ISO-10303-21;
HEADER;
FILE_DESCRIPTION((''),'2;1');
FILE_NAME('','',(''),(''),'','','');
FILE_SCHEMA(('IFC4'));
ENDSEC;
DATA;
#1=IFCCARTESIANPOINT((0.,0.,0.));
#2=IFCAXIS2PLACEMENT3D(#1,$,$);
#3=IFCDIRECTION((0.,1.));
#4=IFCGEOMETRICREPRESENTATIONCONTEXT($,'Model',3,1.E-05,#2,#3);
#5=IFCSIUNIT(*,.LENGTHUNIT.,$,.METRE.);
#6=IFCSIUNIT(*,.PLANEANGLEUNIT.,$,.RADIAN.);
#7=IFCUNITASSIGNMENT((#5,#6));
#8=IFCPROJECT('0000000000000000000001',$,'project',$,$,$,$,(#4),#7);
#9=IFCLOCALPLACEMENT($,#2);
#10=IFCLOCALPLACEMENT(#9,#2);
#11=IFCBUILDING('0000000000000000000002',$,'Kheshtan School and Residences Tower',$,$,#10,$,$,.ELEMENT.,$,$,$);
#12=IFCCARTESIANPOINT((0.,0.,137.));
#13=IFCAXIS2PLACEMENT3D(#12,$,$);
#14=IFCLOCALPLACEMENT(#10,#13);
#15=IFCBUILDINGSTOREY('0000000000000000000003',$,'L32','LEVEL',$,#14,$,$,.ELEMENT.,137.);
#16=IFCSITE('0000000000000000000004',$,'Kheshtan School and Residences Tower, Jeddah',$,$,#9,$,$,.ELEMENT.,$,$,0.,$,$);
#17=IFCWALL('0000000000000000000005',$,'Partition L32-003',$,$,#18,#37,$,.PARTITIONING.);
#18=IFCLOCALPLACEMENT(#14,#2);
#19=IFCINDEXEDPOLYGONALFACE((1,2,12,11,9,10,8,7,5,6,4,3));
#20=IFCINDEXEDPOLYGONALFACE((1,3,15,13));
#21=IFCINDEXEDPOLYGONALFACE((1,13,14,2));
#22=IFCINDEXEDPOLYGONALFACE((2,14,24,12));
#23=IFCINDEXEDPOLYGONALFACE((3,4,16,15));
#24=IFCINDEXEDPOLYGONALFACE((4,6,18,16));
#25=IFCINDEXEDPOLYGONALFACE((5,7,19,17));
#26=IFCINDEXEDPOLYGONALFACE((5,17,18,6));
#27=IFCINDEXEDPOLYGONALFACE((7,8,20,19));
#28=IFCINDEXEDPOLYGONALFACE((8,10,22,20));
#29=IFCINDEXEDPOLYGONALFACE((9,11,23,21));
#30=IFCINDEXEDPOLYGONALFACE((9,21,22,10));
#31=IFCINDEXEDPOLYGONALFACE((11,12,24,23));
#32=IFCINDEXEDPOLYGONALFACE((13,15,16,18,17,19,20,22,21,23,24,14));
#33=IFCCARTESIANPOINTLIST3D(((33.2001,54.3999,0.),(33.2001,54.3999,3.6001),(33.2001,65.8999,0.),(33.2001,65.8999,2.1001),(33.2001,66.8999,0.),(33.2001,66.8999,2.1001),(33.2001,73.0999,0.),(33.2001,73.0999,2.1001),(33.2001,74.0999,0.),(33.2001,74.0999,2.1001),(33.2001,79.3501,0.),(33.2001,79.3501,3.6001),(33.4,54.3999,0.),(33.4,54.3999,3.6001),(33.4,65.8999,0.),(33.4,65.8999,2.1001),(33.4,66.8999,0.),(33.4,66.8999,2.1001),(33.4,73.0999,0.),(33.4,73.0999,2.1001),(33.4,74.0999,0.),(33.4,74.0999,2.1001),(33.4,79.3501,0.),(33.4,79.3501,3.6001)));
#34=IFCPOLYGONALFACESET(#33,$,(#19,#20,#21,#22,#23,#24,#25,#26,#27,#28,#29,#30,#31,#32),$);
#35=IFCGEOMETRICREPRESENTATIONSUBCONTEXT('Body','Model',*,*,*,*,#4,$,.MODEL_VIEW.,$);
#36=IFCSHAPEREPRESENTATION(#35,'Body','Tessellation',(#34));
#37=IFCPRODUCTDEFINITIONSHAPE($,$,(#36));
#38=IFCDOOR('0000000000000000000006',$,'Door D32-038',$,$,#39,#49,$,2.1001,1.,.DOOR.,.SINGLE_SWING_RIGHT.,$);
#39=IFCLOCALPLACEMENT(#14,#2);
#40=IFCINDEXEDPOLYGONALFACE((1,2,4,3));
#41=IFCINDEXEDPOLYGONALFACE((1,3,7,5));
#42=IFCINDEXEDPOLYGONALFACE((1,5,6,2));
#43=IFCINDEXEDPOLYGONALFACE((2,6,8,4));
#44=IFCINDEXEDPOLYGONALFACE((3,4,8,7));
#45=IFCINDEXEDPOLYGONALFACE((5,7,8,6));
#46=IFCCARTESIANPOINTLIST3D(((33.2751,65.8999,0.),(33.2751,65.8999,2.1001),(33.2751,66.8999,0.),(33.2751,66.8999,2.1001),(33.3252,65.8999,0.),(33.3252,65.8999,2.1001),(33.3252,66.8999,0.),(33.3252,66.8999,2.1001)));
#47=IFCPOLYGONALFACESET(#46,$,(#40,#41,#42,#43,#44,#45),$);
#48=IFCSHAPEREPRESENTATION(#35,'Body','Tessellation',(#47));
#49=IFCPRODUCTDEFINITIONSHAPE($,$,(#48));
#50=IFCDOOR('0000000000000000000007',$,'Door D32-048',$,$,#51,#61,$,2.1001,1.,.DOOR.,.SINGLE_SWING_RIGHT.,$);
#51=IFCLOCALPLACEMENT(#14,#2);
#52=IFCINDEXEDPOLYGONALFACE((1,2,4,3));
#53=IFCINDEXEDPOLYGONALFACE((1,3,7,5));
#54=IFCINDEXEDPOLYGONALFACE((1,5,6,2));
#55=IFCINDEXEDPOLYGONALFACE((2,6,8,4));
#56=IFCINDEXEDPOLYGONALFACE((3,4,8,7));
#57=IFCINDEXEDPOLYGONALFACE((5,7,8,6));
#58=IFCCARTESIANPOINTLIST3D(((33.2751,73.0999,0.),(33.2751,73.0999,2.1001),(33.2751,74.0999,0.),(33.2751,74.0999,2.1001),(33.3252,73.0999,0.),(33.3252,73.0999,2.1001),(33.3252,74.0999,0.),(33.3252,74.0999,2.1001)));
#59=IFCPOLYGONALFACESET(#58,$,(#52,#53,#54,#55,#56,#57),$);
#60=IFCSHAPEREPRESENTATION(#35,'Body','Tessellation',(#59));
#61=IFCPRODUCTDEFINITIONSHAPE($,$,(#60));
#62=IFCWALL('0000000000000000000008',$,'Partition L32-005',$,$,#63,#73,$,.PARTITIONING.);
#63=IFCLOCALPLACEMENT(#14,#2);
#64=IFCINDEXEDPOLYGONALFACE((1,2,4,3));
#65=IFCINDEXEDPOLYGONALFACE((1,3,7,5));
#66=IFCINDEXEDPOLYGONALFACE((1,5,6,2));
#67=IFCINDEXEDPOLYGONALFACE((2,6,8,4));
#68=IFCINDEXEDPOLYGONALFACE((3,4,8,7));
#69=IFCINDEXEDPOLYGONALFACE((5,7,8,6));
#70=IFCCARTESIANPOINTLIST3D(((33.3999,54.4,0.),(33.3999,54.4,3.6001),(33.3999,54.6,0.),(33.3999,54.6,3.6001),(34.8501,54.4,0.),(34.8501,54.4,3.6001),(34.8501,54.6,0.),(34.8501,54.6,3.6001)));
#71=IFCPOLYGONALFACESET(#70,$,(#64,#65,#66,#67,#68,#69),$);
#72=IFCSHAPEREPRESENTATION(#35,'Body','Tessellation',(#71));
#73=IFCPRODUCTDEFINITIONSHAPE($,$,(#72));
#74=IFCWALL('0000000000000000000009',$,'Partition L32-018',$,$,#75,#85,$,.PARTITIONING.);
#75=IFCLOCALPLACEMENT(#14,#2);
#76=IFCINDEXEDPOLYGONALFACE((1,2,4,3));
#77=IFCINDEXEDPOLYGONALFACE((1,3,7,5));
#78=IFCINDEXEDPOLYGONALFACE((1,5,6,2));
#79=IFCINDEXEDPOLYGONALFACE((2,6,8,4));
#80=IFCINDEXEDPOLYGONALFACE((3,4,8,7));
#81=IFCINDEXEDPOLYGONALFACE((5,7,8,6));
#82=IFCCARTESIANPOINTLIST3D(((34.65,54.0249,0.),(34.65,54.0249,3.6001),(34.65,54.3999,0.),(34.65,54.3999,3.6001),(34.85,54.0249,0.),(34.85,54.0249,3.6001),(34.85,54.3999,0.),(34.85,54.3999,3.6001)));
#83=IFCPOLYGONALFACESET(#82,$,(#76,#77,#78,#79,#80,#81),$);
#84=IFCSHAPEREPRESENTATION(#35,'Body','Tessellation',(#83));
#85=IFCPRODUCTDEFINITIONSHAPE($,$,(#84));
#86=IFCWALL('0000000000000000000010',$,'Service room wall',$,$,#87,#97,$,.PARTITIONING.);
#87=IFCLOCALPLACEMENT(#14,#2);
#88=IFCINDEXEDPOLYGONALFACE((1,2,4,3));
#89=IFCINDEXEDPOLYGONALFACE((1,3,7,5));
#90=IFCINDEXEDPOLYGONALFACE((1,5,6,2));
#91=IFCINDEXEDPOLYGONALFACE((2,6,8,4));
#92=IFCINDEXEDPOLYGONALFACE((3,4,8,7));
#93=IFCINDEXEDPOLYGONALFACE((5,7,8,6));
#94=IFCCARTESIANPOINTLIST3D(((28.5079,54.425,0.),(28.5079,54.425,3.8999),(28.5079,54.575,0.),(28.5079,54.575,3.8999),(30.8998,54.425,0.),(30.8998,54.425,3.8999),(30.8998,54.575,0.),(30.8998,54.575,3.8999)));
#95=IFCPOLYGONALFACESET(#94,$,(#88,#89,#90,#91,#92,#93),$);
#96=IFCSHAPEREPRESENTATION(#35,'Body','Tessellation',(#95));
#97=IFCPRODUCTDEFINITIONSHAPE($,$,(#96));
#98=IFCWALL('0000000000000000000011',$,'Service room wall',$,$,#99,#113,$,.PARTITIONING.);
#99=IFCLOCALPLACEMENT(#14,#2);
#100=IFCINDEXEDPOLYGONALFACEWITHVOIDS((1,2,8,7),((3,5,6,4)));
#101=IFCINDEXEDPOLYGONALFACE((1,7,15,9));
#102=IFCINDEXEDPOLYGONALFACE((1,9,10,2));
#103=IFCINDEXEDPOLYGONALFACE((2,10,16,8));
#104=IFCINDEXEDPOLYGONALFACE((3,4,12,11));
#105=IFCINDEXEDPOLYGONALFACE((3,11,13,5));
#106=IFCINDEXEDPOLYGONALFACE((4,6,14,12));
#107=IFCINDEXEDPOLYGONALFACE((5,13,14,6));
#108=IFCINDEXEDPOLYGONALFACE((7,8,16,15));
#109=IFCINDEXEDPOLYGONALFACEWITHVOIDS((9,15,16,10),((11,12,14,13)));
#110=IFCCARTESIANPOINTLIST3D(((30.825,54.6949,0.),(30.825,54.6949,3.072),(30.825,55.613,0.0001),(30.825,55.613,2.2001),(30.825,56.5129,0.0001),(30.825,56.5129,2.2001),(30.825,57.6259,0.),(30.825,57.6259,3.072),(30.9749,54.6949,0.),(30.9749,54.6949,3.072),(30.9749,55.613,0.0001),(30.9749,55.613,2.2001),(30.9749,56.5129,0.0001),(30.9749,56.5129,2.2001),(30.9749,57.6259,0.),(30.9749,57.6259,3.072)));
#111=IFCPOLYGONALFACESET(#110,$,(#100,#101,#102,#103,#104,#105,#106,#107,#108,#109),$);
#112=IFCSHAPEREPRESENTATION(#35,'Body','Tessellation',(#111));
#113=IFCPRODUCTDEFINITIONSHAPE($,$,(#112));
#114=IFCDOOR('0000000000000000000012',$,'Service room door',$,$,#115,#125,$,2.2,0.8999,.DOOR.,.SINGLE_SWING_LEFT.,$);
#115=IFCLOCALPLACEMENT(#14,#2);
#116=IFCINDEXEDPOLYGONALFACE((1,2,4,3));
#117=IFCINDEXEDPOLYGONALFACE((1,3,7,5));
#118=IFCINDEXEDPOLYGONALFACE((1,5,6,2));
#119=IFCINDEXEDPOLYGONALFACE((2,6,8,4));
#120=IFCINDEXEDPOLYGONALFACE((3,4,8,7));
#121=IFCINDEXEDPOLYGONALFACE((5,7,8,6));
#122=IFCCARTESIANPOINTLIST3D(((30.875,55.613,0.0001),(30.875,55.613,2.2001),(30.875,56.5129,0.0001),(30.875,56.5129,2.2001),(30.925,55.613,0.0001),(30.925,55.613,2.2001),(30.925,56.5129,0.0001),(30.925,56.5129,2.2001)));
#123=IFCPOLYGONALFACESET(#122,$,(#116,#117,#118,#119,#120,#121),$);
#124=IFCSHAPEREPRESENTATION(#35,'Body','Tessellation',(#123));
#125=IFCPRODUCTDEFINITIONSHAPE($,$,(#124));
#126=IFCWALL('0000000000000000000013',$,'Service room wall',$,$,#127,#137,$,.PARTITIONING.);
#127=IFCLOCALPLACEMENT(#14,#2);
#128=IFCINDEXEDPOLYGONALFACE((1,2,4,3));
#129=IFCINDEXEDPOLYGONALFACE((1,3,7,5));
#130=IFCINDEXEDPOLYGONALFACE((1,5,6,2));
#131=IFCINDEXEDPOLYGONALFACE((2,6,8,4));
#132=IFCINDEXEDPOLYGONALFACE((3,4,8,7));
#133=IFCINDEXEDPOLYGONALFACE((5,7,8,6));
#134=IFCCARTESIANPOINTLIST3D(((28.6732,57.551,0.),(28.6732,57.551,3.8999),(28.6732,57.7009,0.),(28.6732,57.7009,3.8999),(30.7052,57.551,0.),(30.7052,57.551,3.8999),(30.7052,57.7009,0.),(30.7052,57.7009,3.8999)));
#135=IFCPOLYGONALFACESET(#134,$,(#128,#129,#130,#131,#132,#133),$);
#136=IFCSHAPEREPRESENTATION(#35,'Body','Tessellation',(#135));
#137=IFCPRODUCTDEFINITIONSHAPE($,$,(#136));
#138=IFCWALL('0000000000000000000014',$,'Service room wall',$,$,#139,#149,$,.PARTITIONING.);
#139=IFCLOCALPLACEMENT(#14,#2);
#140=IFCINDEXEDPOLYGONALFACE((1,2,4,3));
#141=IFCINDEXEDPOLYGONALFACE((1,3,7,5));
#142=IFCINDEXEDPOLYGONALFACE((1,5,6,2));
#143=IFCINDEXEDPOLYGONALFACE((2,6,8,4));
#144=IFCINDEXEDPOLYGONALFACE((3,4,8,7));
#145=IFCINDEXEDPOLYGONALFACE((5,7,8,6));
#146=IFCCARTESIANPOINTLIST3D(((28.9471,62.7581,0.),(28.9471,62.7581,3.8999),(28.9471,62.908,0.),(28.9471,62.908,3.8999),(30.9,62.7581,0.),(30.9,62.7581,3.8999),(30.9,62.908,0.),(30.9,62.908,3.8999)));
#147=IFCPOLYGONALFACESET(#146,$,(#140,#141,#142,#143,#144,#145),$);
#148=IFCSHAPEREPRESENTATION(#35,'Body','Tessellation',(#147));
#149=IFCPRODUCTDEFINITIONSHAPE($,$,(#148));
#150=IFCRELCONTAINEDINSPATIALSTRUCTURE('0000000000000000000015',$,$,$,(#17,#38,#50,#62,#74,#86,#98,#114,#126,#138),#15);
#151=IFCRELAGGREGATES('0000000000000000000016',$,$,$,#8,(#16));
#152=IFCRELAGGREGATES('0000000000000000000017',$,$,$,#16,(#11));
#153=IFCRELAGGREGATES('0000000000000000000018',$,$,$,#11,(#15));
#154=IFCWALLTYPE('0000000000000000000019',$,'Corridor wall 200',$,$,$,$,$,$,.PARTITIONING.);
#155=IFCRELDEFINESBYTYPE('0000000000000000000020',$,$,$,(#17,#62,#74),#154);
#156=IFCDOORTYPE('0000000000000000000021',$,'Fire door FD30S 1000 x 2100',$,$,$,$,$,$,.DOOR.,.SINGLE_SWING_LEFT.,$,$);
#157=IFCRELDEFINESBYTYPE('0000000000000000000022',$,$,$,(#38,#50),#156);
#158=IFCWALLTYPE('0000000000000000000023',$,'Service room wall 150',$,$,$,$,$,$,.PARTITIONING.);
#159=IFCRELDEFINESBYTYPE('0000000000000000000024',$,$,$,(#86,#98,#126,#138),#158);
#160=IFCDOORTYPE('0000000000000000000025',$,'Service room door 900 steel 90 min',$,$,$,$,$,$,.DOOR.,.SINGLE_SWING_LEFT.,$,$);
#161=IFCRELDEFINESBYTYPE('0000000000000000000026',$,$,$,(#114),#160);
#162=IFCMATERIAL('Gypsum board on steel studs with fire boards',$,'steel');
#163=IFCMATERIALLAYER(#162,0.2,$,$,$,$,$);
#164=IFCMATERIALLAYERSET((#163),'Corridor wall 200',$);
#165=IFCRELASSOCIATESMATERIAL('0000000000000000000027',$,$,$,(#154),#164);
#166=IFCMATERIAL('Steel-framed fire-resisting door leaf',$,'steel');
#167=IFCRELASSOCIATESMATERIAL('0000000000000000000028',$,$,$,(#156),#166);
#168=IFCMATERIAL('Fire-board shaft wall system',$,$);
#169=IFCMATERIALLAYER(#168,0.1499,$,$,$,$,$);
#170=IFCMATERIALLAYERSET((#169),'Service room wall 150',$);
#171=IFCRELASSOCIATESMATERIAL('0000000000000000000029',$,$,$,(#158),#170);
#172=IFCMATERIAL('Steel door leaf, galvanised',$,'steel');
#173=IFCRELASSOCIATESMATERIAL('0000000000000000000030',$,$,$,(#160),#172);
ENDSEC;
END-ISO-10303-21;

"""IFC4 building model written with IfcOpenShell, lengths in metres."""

from ifc_helpers import new_model, si_unit, direction, frame, frame_2d, origin, place, context, subcontext, project, spatial, rectangle, extrude, source, transform, mapped, material, layer, layer_set, type_object, element, fill, save


model = new_model("IFC4")

# Units and contexts
model_context = context("Model", 3, precision=1e-05, world=origin(), true_north=direction((0.0, 1.0)))
body_context = subcontext(model_context, "Body", "Model", "MODEL_VIEW")
ifc_project = project(units=[si_unit("LENGTHUNIT", "METRE"), si_unit("PLANEANGLEUNIT", "RADIAN")], contexts=[model_context])

# Site, building, storey
site_placement = place(None, origin())
site = spatial("IfcSite", under=ifc_project, at=site_placement, Name="Kheshtan School and Residences Tower, Jeddah", CompositionType="ELEMENT", RefElevation=0.0)
building_placement = place(site_placement, origin())
building = spatial("IfcBuilding", under=site, at=building_placement, Name="Kheshtan School and Residences Tower", CompositionType="ELEMENT")
storey_placement = place(building_placement, frame((0.0, 0.0, 137.0)))
storey = spatial("IfcBuildingStorey", under=building, at=storey_placement, Name="L32", Description="LEVEL", CompositionType="ELEMENT", Elevation=137.0)

# Wall, openings, doors
ifc_material_1 = material(Name="Gypsum board on steel studs with fire boards", Category="steel")
ifc_layer_1 = layer(ifc_material_1, 0.2)
ifc_layer_set_1 = layer_set([ifc_layer_1], Name="Corridor wall 200")
wall_type_1 = type_object("IfcWallType", Name="Corridor wall 200", PredefinedType="PARTITIONING", material=ifc_layer_set_1)
wall_1_placement = place(storey_placement, frame((33.3, 54.3999, 0.0), z_axis=(0.0, 0.0, 1.0), x_axis=(0.0, 1.0, 0.0)))
wall_1 = element("IfcWall", 1, at=wall_1_placement, inside=storey, type_object=wall_type_1, Name="Partition L32-003", PredefinedType="PARTITIONING", context=body_context, shape_type="SweptSolid", body=[
    extrude(rectangle(XDim=24.9502, YDim=0.2, at=frame_2d((12.4751, 0.0))), origin(), (0.0, 0.0, 1.0), 3.6001),
])
opening_1_placement = place(wall_1_placement, frame((11.5, 0.0, 0.0)))
opening_1 = element("IfcOpeningElement", 2, at=opening_1_placement, cuts=wall_1, PredefinedType="OPENING", context=body_context, shape_type="SweptSolid", body=[
    extrude(rectangle(XDim=1.0, YDim=2.1001, at=frame_2d((0.5, 1.05))), frame((0.0, 0.1099, 0.0), z_axis=(0.0, -1.0, 0.0), x_axis=(1.0, 0.0, 0.0)), (0.0, 0.0, 1.0), 0.22),
])
opening_2_placement = place(wall_1_placement, frame((18.7, 0.0, 0.0)))
opening_2 = element("IfcOpeningElement", 3, at=opening_2_placement, cuts=wall_1, PredefinedType="OPENING", context=body_context, shape_type="SweptSolid", body=[
    extrude(rectangle(XDim=1.0, YDim=2.1001, at=frame_2d((0.5, 1.05))), frame((0.0, 0.1099, 0.0), z_axis=(0.0, -1.0, 0.0), x_axis=(1.0, 0.0, 0.0)), (0.0, 0.0, 1.0), 0.22),
])
ifc_material_2 = material(Name="Steel-framed fire-resisting door leaf", Category="steel")
door_type_1 = type_object("IfcDoorType", Name="Fire door FD30S 1000 x 2100", OperationType="SINGLE_SWING_LEFT", PredefinedType="DOOR", material=ifc_material_2)
shared_shape_1 = source(origin(), body_context, "Body", "SweptSolid", [
    extrude(rectangle(XDim=1.0, YDim=2.1001, at=frame_2d((0.5, 1.05))), frame((0.0, 0.0249, 0.0), z_axis=(0.0, -1.0, 0.0), x_axis=(1.0, 0.0, 0.0)), (0.0, 0.0, 1.0), 0.05),
])
door_1_placement = place(opening_1_placement, origin())
door_1 = element("IfcDoor", 4, at=door_1_placement, inside=storey, type_object=door_type_1, Name="Door D32-038", OperationType="SINGLE_SWING_RIGHT", OverallHeight=2.1001, OverallWidth=1.0, PredefinedType="DOOR", context=body_context, shape_type="MappedRepresentation", body=[
    mapped(shared_shape_1, transform((0.0, 0.0, 0.0), x_axis=(1.0, 0.0, 0.0), y_axis=(0.0, 1.0, 0.0), z_axis=(0.0, 0.0, 1.0), scale=1.0)),
])
fill(opening_1, door_1)
door_2_placement = place(opening_2_placement, origin())
door_2 = element("IfcDoor", 5, at=door_2_placement, inside=storey, type_object=door_type_1, Name="Door D32-048", OperationType="SINGLE_SWING_RIGHT", OverallHeight=2.1001, OverallWidth=1.0, PredefinedType="DOOR", context=body_context, shape_type="MappedRepresentation", body=[
    mapped(shared_shape_1, transform((0.0, 0.0, 0.0), x_axis=(1.0, 0.0, 0.0), y_axis=(0.0, 1.0, 0.0), z_axis=(0.0, 0.0, 1.0), scale=1.0)),
])
fill(opening_2, door_2)

# Walls
wall_2_placement = place(storey_placement, frame((33.3999, 54.5, 0.0), z_axis=(0.0, 0.0, 1.0), x_axis=(1.0, 0.0, 0.0)))
element("IfcWall", 6, at=wall_2_placement, inside=storey, type_object=wall_type_1, Name="Partition L32-005", PredefinedType="PARTITIONING", context=body_context, shape_type="SweptSolid", body=[
    extrude(rectangle(XDim=1.4502, YDim=0.2, at=frame_2d((0.7251, 0.0))), origin(), (0.0, 0.0, 1.0), 3.6001),
])
wall_3_placement = place(storey_placement, frame((34.75, 54.0249, 0.0), z_axis=(0.0, 0.0, 1.0), x_axis=(0.0, 1.0, 0.0)))
element("IfcWall", 7, at=wall_3_placement, inside=storey, type_object=wall_type_1, Name="Partition L32-018", PredefinedType="PARTITIONING", context=body_context, shape_type="SweptSolid", body=[
    extrude(rectangle(XDim=0.375, YDim=0.2, at=frame_2d((0.1875, 0.0))), origin(), (0.0, 0.0, 1.0), 3.6001),
])
ifc_material_3 = material(Name="Fire-board shaft wall system")
ifc_layer_2 = layer(ifc_material_3, 0.1499)
ifc_layer_set_2 = layer_set([ifc_layer_2], Name="Service room wall 150")
wall_type_2 = type_object("IfcWallType", Name="Service room wall 150", PredefinedType="PARTITIONING", material=ifc_layer_set_2)
wall_4_placement = place(storey_placement, frame((28.5081, 54.5, 0.0), z_axis=(0.0, 0.0, 1.0), x_axis=(1.0, 0.0, 0.0)))
element("IfcWall", 8, at=wall_4_placement, inside=storey, type_object=wall_type_2, Name="Service room wall", PredefinedType="PARTITIONING", context=body_context, shape_type="SweptSolid", body=[
    extrude(rectangle(XDim=2.3918, YDim=0.1499, at=frame_2d((1.1958, 0.0))), origin(), (0.0, 0.0, 1.0), 3.8999),
])

# Wall, opening, door
wall_5_placement = place(storey_placement, frame((30.8999, 54.6951, 0.0), z_axis=(0.0, 0.0, 1.0), x_axis=(0.0, 1.0, 0.0)))
wall_5 = element("IfcWall", 9, at=wall_5_placement, inside=storey, type_object=wall_type_2, Name="Service room wall", PredefinedType="PARTITIONING", context=body_context, shape_type="SweptSolid", body=[
    extrude(rectangle(XDim=2.9309, YDim=0.1499, at=frame_2d((1.4653, 0.0))), origin(), (0.0, 0.0, 1.0), 3.072),
])
opening_3_placement = place(wall_5_placement, frame((0.918, 0.0, 0.0)))
opening_3 = element("IfcOpeningElement", 10, at=opening_3_placement, cuts=wall_5, PredefinedType="OPENING", context=body_context, shape_type="SweptSolid", body=[
    extrude(rectangle(XDim=0.8999, YDim=2.2, at=frame_2d((0.45, 1.1001))), frame((0.0, 0.085, 0.0), z_axis=(0.0, -1.0, 0.0), x_axis=(1.0, 0.0, 0.0)), (0.0, 0.0, 1.0), 0.1699),
])
ifc_material_4 = material(Name="Steel door leaf, galvanised", Category="steel")
door_type_2 = type_object("IfcDoorType", Name="Service room door 900 steel 90 min", OperationType="SINGLE_SWING_LEFT", PredefinedType="DOOR", material=ifc_material_4)
shared_shape_2 = source(origin(), body_context, "Body", "SweptSolid", [
    extrude(rectangle(XDim=0.8999, YDim=2.2, at=frame_2d((0.45, 1.1001))), frame((0.0, 0.0249, 0.0), z_axis=(0.0, -1.0, 0.0), x_axis=(1.0, 0.0, 0.0)), (0.0, 0.0, 1.0), 0.05),
])
door_3_placement = place(opening_3_placement, origin())
door_3 = element("IfcDoor", 11, at=door_3_placement, inside=storey, type_object=door_type_2, Name="Service room door", OperationType="SINGLE_SWING_LEFT", OverallHeight=2.2, OverallWidth=0.8999, PredefinedType="DOOR", context=body_context, shape_type="MappedRepresentation", body=[
    mapped(shared_shape_2, transform((0.0, 0.0, 0.0), x_axis=(1.0, 0.0, 0.0), y_axis=(0.0, 1.0, 0.0), z_axis=(0.0, 0.0, 1.0), scale=1.0)),
])
fill(opening_3, door_3)

# Walls
wall_6_placement = place(storey_placement, frame((28.6731, 57.626, 0.0), z_axis=(0.0, 0.0, 1.0), x_axis=(1.0, 0.0, 0.0)))
element("IfcWall", 12, at=wall_6_placement, inside=storey, type_object=wall_type_2, Name="Service room wall", PredefinedType="PARTITIONING", context=body_context, shape_type="SweptSolid", body=[
    extrude(rectangle(XDim=2.032, YDim=0.1499, at=frame_2d((1.0161, 0.0))), origin(), (0.0, 0.0, 1.0), 3.8999),
])
wall_7_placement = place(storey_placement, frame((28.947, 62.833, 0.0), z_axis=(0.0, 0.0, 1.0), x_axis=(1.0, 0.0, 0.0)))
element("IfcWall", 13, at=wall_7_placement, inside=storey, type_object=wall_type_2, Name="Service room wall", PredefinedType="PARTITIONING", context=body_context, shape_type="SweptSolid", body=[
    extrude(rectangle(XDim=1.9529, YDim=0.1499, at=frame_2d((0.9766, 0.0))), origin(), (0.0, 0.0, 1.0), 3.8999),
])

save(model, "model.ifc")
